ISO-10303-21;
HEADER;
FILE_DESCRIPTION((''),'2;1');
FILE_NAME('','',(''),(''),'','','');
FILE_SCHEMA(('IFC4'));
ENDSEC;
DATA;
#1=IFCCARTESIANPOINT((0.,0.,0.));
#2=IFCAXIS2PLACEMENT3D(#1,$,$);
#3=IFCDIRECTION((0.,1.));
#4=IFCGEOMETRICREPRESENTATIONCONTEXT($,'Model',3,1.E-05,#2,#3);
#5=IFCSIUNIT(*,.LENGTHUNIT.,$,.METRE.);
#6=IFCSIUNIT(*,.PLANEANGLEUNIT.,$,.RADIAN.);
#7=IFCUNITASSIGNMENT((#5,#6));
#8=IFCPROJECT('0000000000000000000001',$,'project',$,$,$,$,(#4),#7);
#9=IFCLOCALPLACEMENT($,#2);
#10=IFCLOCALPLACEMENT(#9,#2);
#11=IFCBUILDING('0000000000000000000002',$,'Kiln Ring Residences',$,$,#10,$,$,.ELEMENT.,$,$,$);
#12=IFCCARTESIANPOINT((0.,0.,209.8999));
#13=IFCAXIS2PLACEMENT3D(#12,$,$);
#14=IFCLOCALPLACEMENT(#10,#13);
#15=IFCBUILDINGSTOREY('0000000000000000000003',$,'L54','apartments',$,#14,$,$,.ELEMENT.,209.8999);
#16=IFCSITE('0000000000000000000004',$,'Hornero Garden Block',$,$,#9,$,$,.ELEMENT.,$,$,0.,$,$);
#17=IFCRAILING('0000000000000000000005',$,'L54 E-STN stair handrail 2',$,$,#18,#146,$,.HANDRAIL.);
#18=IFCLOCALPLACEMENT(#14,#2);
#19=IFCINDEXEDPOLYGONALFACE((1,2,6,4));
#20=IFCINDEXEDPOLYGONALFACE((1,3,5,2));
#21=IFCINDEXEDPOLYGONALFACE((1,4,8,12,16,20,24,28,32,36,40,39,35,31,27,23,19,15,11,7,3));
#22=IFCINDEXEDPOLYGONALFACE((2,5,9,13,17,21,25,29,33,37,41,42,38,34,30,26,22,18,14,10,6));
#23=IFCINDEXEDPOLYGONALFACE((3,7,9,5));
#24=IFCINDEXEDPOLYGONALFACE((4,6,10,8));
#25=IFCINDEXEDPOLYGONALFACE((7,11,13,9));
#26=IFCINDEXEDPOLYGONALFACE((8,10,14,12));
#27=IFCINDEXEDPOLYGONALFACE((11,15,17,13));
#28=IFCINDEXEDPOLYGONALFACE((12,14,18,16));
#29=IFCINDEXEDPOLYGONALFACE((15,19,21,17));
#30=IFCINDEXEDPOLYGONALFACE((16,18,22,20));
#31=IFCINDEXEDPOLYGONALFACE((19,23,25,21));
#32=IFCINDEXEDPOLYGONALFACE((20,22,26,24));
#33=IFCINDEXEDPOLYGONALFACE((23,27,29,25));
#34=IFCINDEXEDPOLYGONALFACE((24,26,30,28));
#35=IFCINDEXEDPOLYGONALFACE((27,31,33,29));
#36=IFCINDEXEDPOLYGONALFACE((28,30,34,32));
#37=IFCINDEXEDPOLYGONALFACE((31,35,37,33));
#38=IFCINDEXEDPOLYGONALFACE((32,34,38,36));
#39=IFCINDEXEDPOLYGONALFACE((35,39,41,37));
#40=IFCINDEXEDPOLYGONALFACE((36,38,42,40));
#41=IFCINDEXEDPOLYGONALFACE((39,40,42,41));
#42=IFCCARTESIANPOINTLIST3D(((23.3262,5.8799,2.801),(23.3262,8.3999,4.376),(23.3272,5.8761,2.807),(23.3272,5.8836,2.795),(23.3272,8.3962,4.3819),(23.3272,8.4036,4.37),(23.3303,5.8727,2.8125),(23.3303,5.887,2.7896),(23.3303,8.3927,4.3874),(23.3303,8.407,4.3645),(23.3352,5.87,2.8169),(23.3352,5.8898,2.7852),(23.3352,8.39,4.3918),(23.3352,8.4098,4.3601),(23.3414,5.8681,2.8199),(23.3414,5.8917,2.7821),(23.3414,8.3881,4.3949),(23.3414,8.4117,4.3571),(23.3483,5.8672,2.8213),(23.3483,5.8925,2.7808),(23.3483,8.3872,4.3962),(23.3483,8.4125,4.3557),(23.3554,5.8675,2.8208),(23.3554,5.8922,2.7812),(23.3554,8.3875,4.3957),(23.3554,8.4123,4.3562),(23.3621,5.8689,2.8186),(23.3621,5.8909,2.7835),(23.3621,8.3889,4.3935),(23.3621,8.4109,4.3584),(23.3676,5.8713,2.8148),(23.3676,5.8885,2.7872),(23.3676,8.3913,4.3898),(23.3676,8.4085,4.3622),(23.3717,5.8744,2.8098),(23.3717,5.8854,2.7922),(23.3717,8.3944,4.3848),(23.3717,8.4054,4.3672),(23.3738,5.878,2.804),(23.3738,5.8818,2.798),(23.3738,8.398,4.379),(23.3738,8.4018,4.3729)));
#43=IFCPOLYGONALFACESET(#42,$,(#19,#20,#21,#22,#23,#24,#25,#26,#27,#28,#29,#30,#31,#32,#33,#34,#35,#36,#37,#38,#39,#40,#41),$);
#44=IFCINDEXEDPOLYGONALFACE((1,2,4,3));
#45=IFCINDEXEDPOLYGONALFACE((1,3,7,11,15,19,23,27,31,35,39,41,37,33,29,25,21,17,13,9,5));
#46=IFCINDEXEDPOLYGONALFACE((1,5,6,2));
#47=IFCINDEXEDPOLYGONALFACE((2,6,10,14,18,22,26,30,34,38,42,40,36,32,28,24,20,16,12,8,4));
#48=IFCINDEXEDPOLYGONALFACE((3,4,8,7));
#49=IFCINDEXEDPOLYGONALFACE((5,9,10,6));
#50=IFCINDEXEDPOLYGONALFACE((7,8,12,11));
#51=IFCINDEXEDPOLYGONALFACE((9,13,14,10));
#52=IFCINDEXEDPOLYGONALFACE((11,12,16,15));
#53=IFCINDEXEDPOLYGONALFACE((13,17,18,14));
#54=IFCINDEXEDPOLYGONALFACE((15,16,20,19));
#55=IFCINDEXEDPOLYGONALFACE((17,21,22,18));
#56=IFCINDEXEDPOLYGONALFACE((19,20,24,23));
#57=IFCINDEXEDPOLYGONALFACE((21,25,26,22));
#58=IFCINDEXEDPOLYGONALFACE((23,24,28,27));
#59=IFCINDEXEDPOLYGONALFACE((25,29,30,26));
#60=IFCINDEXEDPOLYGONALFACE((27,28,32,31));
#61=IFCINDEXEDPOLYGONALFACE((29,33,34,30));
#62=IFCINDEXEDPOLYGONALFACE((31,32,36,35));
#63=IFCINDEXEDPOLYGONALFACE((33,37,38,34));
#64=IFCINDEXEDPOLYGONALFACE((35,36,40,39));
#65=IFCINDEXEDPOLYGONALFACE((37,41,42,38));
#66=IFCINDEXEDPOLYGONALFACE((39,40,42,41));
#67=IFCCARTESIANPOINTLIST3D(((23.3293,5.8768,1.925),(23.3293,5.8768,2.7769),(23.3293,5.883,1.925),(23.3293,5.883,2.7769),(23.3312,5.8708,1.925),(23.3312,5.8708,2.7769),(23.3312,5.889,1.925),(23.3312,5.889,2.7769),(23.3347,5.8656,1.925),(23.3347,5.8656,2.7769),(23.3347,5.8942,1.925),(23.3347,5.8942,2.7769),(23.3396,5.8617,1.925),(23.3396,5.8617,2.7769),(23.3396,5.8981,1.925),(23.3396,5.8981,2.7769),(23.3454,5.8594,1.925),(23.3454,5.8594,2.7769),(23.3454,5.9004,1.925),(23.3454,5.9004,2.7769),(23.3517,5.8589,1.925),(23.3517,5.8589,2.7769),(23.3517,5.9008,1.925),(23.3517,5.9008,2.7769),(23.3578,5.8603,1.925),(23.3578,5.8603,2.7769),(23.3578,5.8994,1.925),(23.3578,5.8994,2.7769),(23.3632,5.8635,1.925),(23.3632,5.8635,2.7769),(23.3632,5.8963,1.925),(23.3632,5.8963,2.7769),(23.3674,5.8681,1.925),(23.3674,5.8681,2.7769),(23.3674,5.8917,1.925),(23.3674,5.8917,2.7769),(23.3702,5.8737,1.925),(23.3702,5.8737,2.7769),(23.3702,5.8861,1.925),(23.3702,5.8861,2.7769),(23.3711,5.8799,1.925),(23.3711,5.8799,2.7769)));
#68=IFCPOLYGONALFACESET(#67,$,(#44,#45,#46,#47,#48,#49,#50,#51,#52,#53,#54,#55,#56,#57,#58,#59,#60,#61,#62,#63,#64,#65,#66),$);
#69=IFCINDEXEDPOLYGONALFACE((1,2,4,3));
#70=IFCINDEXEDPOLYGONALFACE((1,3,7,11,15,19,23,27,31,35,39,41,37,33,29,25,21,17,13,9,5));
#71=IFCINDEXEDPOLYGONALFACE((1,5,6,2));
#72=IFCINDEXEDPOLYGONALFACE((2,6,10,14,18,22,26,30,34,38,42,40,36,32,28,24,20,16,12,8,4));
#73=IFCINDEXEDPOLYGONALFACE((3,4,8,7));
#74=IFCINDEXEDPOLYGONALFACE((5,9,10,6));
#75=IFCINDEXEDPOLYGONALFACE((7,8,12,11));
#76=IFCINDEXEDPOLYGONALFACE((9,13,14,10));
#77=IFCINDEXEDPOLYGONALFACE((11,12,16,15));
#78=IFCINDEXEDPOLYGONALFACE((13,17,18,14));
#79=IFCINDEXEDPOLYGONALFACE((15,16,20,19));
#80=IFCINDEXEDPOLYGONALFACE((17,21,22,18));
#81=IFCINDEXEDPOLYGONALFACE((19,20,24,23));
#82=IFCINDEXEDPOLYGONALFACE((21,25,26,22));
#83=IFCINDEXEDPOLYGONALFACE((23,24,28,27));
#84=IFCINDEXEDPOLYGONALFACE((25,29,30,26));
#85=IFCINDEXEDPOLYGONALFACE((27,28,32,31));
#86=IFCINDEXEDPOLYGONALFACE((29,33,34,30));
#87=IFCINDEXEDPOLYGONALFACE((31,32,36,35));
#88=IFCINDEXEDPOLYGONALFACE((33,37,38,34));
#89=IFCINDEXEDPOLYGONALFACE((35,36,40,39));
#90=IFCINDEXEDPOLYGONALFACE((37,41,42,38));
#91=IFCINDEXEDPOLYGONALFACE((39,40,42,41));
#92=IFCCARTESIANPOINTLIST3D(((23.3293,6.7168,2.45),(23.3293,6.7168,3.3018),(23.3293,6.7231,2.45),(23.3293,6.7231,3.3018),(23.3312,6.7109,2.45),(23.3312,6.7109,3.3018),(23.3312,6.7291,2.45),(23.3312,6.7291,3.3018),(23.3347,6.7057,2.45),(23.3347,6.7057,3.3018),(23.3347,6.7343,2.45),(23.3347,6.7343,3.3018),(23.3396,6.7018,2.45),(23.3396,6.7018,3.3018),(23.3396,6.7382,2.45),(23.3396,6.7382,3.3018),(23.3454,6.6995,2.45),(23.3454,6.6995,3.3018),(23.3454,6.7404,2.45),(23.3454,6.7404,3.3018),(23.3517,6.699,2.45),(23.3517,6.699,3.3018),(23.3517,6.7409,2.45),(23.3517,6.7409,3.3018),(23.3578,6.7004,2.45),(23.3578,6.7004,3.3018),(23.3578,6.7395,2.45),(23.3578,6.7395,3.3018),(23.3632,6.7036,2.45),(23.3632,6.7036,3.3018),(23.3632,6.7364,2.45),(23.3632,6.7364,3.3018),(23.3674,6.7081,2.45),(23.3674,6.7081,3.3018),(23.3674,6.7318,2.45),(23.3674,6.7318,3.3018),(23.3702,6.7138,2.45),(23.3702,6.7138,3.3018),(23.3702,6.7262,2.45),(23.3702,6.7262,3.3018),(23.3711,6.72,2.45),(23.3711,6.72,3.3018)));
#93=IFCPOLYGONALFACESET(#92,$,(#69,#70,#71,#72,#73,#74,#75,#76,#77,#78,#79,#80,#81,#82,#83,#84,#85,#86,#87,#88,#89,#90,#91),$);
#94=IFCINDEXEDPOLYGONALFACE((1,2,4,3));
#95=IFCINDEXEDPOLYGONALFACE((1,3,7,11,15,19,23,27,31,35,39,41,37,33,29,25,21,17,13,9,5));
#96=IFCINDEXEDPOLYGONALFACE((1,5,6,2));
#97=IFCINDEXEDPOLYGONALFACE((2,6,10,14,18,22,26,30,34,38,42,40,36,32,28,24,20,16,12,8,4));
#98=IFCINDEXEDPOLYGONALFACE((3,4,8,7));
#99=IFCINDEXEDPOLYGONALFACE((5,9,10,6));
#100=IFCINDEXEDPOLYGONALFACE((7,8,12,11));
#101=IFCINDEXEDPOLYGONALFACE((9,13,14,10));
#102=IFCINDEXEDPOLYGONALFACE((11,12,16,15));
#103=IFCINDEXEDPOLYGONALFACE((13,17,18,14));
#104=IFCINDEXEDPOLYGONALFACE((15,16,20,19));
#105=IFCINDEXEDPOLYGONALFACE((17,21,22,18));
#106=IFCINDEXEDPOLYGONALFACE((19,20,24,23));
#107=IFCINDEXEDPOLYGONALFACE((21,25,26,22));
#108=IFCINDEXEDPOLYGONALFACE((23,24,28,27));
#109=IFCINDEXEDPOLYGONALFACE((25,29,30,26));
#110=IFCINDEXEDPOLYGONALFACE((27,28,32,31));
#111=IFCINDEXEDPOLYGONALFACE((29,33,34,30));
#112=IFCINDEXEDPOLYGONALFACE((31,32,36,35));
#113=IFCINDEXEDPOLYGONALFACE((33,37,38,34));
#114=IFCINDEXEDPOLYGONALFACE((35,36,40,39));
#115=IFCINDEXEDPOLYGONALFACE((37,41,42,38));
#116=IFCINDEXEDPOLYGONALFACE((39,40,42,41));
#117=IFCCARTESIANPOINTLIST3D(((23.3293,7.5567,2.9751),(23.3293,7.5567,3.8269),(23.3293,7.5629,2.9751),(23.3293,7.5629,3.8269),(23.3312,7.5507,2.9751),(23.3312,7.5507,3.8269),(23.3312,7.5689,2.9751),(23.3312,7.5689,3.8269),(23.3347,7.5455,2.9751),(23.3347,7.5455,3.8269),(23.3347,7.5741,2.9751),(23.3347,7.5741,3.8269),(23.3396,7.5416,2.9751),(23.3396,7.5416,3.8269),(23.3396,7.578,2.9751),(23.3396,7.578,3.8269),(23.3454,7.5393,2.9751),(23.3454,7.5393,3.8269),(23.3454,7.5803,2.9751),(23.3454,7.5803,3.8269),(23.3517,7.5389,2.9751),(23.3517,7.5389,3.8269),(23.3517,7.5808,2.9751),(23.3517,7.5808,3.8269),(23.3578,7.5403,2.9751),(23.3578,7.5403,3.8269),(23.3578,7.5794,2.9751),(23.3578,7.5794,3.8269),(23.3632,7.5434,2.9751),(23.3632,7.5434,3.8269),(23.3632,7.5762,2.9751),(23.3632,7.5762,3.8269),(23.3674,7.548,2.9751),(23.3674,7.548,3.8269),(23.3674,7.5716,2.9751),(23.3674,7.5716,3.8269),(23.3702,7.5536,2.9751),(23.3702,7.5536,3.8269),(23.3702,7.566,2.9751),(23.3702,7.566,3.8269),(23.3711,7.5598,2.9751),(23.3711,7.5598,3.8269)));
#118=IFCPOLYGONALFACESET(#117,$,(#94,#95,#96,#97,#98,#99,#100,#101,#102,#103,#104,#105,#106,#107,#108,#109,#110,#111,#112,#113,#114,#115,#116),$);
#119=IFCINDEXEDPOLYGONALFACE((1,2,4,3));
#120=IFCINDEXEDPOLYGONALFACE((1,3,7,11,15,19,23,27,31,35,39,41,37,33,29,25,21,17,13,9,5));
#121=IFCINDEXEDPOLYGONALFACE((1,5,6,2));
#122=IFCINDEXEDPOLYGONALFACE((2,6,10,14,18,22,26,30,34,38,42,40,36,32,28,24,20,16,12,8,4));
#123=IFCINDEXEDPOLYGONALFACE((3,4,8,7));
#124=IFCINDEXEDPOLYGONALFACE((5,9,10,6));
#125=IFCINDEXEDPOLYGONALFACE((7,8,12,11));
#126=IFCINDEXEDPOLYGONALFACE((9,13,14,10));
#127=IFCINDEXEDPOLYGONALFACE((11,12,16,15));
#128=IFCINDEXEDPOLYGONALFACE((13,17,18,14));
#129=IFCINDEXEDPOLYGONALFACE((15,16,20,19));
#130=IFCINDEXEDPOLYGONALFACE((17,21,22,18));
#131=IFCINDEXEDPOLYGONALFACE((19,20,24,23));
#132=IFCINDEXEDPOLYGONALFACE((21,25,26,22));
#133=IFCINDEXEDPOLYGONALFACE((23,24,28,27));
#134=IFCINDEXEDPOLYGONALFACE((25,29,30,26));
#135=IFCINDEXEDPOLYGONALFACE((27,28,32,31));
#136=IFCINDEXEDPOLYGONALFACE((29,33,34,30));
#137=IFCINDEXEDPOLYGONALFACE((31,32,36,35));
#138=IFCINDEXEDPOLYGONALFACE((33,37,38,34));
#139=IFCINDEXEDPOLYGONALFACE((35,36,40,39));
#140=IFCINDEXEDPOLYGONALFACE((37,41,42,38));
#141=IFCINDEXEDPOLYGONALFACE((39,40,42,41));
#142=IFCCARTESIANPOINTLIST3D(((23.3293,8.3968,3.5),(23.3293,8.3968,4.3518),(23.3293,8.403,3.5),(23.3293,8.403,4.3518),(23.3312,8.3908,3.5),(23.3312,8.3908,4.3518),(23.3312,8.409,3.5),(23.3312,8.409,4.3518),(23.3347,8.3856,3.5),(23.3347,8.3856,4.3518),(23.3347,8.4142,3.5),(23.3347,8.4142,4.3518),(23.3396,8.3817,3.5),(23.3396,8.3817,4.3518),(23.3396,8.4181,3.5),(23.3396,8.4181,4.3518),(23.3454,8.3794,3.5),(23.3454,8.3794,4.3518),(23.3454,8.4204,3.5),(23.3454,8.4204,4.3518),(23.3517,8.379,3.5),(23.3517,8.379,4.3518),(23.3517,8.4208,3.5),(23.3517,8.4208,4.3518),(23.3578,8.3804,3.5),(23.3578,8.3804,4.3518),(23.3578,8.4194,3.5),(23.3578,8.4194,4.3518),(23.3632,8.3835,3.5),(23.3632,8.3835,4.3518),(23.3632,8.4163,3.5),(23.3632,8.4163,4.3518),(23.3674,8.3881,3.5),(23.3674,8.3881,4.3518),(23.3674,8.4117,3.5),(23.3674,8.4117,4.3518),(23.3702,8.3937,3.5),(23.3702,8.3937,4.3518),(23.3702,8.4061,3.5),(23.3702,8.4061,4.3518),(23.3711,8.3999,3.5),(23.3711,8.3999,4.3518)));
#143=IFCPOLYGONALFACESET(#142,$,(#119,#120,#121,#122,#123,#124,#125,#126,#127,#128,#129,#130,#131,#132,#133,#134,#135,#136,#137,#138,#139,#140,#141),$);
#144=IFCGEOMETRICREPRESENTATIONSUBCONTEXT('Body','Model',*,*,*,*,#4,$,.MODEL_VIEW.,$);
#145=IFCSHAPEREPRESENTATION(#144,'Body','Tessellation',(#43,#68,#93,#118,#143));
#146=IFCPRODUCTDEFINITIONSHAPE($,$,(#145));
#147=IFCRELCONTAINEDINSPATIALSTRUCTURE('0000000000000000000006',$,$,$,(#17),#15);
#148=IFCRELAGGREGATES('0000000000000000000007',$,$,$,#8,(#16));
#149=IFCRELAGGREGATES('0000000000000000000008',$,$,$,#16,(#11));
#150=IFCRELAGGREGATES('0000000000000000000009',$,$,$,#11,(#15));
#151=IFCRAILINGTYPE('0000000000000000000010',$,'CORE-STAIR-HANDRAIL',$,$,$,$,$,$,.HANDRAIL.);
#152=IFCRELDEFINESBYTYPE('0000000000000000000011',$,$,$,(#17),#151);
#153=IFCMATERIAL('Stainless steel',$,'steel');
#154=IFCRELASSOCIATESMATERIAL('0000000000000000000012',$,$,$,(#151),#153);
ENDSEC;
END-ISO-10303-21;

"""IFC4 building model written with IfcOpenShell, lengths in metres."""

from ifc_helpers import new_model, si_unit, direction, frame, origin, origin_2d, place, context, subcontext, project, spatial, circle, extrude, material, type_object, element, save


model = new_model("IFC4")

# Units and contexts
model_context = context("Model", 3, precision=1e-05, world=origin(), true_north=direction((0.0, 1.0)))
body_context = subcontext(model_context, "Body", "Model", "MODEL_VIEW")
ifc_project = project(units=[si_unit("LENGTHUNIT", "METRE"), si_unit("PLANEANGLEUNIT", "RADIAN")], contexts=[model_context])

# Site, building, storey
site_placement = place(None, origin())
site = spatial("IfcSite", under=ifc_project, at=site_placement, Name="Hornero Garden Block", CompositionType="ELEMENT", RefElevation=0.0)
building_placement = place(site_placement, origin())
building = spatial("IfcBuilding", under=site, at=building_placement, Name="Kiln Ring Residences", CompositionType="ELEMENT")
storey_placement = place(building_placement, frame((0.0, 0.0, 209.8999)))
storey = spatial("IfcBuildingStorey", under=building, at=storey_placement, Name="L54", Description="apartments", CompositionType="ELEMENT", Elevation=209.8999)

# Railing
ifc_material_1 = material(Name="Stainless steel", Category="steel")
railing_type_1 = type_object("IfcRailingType", Name="CORE-STAIR-HANDRAIL", PredefinedType="HANDRAIL", material=ifc_material_1)
railing_1_placement = place(storey_placement, frame((23.3501, 5.8799, 1.925)))
element("IfcRailing", 1, at=railing_1_placement, inside=storey, type_object=railing_type_1, Name="L54 E-STN stair handrail 2", PredefinedType="HANDRAIL", context=body_context, shape_type="SweptSolid", body=[
    extrude(circle(Radius=0.0239, at=origin_2d()), frame((0.0, 0.0, 0.876), z_axis=(0.0, 0.848008, 0.529984), x_axis=(-1.0, 0.0, 0.0)), (0.0, 0.0, 1.0), 2.9717),
    extrude(circle(Radius=0.021, at=origin_2d()), origin(), (0.0, 0.0, 1.0), 0.8518),
    extrude(circle(Radius=0.021, at=origin_2d()), frame((0.0, 0.8401, 0.5249)), (0.0, 0.0, 1.0), 0.8518),
    extrude(circle(Radius=0.021, at=origin_2d()), frame((0.0, 1.6799, 1.05)), (0.0, 0.0, 1.0), 0.8518),
    extrude(circle(Radius=0.021, at=origin_2d()), frame((0.0, 2.52, 1.575)), (0.0, 0.0, 1.0), 0.8518),
])

save(model, "model.ifc")
